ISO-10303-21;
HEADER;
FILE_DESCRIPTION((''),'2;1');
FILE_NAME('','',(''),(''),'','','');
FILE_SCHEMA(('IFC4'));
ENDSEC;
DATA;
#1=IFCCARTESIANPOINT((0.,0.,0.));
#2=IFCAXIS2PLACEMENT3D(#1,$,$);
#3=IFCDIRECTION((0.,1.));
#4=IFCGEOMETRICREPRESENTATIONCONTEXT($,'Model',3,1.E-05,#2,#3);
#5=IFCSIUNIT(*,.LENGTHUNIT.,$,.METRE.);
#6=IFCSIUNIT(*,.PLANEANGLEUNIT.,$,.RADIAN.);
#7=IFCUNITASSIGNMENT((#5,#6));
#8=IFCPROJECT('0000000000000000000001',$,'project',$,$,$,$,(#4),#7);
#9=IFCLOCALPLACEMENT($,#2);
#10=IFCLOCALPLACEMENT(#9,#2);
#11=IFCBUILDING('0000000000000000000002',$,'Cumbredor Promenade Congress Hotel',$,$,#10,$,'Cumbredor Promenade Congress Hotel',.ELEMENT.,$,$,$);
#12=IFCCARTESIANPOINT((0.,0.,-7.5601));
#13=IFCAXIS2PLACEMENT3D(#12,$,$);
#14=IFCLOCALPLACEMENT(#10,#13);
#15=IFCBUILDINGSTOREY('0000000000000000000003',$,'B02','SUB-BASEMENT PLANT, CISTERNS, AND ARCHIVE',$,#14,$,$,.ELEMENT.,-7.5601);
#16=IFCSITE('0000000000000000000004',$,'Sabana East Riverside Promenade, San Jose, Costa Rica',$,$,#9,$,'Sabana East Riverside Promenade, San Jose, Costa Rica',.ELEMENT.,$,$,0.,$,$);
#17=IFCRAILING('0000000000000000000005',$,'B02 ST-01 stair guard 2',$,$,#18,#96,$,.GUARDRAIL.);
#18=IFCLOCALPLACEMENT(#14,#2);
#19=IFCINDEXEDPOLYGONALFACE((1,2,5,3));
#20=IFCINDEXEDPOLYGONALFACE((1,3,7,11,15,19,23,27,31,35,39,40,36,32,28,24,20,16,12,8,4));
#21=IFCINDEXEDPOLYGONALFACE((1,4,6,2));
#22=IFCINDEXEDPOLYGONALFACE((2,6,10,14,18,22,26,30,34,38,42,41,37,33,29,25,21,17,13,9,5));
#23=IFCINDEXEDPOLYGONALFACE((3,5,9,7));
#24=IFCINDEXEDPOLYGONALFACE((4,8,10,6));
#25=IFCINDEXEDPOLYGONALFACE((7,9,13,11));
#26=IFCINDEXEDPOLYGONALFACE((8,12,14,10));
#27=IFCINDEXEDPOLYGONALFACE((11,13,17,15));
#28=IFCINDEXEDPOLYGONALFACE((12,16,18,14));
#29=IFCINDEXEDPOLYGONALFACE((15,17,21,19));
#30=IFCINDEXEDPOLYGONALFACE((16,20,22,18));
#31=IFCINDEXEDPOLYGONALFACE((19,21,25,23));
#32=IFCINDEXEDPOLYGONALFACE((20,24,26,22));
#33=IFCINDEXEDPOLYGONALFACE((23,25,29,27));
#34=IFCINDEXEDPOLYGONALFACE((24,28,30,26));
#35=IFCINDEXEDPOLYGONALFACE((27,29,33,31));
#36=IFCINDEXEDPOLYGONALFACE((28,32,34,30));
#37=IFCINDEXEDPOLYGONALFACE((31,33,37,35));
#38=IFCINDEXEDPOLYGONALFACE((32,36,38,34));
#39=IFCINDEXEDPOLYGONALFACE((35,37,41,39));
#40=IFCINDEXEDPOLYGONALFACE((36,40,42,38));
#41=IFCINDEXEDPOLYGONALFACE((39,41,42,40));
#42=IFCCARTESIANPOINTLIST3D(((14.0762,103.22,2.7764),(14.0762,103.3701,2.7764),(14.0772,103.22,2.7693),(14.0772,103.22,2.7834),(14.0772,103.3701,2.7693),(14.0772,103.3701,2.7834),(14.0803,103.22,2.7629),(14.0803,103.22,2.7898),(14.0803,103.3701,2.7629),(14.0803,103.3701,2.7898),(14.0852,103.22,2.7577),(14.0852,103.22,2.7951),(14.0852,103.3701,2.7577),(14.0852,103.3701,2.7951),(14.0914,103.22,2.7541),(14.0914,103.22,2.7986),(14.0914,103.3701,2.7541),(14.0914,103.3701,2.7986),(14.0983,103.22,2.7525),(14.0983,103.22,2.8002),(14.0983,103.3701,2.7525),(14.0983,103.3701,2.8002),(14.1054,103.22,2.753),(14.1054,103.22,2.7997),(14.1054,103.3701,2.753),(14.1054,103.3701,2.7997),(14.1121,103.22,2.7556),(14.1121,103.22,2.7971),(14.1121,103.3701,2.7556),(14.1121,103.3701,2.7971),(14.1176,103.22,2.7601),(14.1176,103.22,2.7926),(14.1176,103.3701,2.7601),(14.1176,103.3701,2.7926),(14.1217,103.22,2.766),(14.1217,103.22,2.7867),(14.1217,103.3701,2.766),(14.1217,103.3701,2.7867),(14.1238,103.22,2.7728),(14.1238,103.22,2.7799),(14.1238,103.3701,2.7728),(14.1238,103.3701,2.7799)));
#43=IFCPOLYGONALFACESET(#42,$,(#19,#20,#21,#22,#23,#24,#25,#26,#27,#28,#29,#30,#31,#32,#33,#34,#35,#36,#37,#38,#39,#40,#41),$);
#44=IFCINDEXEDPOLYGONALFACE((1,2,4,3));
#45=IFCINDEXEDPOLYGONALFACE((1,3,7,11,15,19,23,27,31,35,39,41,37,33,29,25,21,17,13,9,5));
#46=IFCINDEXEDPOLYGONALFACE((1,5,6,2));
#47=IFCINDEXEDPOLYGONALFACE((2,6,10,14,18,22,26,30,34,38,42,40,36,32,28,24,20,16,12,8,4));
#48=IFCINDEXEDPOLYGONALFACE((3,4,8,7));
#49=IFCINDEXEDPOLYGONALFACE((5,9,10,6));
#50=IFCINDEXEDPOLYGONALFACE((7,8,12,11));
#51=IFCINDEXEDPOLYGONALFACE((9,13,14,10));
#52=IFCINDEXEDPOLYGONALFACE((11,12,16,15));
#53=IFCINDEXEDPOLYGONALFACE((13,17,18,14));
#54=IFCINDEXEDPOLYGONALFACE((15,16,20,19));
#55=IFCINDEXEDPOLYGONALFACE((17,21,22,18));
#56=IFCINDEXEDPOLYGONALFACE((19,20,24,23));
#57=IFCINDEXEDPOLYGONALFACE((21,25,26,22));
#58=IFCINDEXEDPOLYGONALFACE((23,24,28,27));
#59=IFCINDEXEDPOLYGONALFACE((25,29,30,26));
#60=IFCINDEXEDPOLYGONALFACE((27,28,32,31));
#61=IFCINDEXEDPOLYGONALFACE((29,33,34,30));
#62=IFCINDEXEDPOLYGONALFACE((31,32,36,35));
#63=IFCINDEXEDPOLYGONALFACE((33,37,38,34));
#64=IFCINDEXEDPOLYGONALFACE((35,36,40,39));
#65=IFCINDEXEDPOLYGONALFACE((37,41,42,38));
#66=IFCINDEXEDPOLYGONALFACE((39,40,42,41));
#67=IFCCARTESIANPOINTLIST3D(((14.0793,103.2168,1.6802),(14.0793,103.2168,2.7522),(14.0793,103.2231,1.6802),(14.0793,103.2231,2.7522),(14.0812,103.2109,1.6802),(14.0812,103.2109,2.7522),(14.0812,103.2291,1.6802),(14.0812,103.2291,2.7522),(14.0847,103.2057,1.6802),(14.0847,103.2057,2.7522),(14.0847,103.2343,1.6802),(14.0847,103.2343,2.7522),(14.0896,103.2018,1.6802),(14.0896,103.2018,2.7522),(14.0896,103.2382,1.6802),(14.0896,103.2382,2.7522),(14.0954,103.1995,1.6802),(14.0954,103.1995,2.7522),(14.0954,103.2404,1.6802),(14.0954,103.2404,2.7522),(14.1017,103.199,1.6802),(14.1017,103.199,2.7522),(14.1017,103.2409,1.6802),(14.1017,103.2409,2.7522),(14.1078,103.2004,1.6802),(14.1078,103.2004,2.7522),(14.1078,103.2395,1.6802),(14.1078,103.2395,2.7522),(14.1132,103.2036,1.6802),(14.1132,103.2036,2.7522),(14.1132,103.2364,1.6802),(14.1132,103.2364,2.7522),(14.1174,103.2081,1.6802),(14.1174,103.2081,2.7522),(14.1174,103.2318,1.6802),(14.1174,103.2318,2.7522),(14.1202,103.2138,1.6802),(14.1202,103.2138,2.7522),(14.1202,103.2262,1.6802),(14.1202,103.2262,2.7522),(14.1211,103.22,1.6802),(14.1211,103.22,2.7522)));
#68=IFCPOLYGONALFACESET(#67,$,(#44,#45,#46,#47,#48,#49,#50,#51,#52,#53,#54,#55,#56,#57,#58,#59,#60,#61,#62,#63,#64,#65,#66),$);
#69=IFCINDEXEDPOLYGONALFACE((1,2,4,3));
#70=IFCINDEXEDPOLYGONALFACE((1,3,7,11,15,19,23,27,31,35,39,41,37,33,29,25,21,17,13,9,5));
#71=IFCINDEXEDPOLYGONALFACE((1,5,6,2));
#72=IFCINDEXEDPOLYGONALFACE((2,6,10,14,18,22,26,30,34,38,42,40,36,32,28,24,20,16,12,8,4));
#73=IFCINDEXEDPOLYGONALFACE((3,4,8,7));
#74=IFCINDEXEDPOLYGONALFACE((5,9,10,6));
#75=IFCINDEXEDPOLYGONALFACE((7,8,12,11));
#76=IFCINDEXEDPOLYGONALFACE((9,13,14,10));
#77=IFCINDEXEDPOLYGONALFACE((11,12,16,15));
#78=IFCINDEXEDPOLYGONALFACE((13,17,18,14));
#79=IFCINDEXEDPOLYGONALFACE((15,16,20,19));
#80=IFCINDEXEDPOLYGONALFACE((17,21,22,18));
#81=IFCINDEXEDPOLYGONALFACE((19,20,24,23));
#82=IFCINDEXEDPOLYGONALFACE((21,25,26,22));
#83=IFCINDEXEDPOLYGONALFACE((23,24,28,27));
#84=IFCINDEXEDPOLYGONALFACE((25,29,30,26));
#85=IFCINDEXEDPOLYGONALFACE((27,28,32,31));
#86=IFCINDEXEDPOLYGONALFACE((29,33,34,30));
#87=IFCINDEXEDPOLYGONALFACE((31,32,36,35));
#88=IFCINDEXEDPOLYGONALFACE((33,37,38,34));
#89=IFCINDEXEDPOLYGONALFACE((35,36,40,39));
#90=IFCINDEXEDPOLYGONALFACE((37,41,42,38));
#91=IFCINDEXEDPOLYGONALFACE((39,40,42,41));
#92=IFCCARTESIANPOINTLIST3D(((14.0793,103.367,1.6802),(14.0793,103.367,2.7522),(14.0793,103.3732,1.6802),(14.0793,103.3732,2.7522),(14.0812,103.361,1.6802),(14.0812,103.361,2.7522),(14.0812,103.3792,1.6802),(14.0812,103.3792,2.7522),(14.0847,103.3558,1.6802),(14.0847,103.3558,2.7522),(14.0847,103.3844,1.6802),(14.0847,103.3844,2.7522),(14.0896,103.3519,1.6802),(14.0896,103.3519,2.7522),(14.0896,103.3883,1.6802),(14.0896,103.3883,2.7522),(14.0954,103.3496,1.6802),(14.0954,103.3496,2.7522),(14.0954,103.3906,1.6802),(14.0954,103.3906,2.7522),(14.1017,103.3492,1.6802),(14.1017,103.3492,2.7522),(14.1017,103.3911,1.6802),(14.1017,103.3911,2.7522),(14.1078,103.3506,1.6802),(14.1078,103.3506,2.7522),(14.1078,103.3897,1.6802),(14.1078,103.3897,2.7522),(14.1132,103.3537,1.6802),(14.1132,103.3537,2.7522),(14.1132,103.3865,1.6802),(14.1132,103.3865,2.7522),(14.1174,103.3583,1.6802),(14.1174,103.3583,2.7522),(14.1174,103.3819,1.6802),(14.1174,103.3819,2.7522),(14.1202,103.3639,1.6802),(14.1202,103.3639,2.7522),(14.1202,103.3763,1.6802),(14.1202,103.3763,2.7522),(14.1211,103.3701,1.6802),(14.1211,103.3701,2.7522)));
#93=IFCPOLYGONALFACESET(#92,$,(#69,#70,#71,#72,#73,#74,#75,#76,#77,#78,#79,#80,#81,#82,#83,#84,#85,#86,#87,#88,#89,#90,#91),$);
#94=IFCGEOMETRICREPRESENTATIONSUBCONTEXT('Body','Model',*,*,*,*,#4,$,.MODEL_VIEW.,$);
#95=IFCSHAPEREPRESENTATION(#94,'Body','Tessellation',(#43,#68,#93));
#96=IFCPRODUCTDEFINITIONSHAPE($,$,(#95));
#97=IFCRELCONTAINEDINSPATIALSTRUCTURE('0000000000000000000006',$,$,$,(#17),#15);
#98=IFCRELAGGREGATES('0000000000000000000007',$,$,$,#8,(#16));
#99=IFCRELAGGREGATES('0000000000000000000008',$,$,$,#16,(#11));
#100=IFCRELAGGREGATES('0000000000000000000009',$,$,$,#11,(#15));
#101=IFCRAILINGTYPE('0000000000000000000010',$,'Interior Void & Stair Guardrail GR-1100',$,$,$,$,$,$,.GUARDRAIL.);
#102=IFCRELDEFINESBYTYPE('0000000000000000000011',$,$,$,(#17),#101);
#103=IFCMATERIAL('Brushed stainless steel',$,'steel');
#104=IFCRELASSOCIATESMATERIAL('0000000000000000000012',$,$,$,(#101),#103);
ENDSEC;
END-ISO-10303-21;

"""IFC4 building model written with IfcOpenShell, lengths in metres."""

from ifc_helpers import new_model, si_unit, direction, frame, origin, origin_2d, place, context, subcontext, project, spatial, circle, extrude, material, type_object, element, save


model = new_model("IFC4")

# Units and contexts
model_context = context("Model", 3, precision=1e-05, world=origin(), true_north=direction((0.0, 1.0)))
body_context = subcontext(model_context, "Body", "Model", "MODEL_VIEW")
ifc_project = project(units=[si_unit("LENGTHUNIT", "METRE"), si_unit("PLANEANGLEUNIT", "RADIAN")], contexts=[model_context])

# Site, building, storey
site_placement = place(None, origin())
site = spatial("IfcSite", under=ifc_project, at=site_placement, Name="Sabana East Riverside Promenade, San Jose, Costa Rica", LongName="Sabana East Riverside Promenade, San Jose, Costa Rica", CompositionType="ELEMENT", RefElevation=0.0)
building_placement = place(site_placement, origin())
building = spatial("IfcBuilding", under=site, at=building_placement, Name="Cumbredor Promenade Congress Hotel", LongName="Cumbredor Promenade Congress Hotel", CompositionType="ELEMENT")
storey_placement = place(building_placement, frame((0.0, 0.0, -7.5601)))
storey = spatial("IfcBuildingStorey", under=building, at=storey_placement, Name="B02", Description="SUB-BASEMENT PLANT, CISTERNS, AND ARCHIVE", CompositionType="ELEMENT", Elevation=-7.5601)

# Railing
ifc_material_1 = material(Name="Brushed stainless steel", Category="steel")
railing_type_1 = type_object("IfcRailingType", Name="Interior Void & Stair Guardrail GR-1100", PredefinedType="GUARDRAIL", material=ifc_material_1)
railing_1_placement = place(storey_placement, frame((14.1001, 103.22, 1.6802)))
element("IfcRailing", 1, at=railing_1_placement, inside=storey, type_object=railing_type_1, Name="B02 ST-01 stair guard 2", PredefinedType="GUARDRAIL", context=body_context, shape_type="SweptSolid", body=[
    extrude(circle(Radius=0.0239, at=origin_2d()), frame((0.0, 0.0, 1.0962), z_axis=(0.0, 1.0, 0.0), x_axis=(-1.0, 0.0, 0.0)), (0.0, 0.0, 1.0), 0.1501),
    extrude(circle(Radius=0.021, at=origin_2d()), origin(), (0.0, 0.0, 1.0), 1.072),
    extrude(circle(Radius=0.021, at=origin_2d()), frame((0.0, 0.1501, 0.0)), (0.0, 0.0, 1.0), 1.072),
])

save(model, "model.ifc")
